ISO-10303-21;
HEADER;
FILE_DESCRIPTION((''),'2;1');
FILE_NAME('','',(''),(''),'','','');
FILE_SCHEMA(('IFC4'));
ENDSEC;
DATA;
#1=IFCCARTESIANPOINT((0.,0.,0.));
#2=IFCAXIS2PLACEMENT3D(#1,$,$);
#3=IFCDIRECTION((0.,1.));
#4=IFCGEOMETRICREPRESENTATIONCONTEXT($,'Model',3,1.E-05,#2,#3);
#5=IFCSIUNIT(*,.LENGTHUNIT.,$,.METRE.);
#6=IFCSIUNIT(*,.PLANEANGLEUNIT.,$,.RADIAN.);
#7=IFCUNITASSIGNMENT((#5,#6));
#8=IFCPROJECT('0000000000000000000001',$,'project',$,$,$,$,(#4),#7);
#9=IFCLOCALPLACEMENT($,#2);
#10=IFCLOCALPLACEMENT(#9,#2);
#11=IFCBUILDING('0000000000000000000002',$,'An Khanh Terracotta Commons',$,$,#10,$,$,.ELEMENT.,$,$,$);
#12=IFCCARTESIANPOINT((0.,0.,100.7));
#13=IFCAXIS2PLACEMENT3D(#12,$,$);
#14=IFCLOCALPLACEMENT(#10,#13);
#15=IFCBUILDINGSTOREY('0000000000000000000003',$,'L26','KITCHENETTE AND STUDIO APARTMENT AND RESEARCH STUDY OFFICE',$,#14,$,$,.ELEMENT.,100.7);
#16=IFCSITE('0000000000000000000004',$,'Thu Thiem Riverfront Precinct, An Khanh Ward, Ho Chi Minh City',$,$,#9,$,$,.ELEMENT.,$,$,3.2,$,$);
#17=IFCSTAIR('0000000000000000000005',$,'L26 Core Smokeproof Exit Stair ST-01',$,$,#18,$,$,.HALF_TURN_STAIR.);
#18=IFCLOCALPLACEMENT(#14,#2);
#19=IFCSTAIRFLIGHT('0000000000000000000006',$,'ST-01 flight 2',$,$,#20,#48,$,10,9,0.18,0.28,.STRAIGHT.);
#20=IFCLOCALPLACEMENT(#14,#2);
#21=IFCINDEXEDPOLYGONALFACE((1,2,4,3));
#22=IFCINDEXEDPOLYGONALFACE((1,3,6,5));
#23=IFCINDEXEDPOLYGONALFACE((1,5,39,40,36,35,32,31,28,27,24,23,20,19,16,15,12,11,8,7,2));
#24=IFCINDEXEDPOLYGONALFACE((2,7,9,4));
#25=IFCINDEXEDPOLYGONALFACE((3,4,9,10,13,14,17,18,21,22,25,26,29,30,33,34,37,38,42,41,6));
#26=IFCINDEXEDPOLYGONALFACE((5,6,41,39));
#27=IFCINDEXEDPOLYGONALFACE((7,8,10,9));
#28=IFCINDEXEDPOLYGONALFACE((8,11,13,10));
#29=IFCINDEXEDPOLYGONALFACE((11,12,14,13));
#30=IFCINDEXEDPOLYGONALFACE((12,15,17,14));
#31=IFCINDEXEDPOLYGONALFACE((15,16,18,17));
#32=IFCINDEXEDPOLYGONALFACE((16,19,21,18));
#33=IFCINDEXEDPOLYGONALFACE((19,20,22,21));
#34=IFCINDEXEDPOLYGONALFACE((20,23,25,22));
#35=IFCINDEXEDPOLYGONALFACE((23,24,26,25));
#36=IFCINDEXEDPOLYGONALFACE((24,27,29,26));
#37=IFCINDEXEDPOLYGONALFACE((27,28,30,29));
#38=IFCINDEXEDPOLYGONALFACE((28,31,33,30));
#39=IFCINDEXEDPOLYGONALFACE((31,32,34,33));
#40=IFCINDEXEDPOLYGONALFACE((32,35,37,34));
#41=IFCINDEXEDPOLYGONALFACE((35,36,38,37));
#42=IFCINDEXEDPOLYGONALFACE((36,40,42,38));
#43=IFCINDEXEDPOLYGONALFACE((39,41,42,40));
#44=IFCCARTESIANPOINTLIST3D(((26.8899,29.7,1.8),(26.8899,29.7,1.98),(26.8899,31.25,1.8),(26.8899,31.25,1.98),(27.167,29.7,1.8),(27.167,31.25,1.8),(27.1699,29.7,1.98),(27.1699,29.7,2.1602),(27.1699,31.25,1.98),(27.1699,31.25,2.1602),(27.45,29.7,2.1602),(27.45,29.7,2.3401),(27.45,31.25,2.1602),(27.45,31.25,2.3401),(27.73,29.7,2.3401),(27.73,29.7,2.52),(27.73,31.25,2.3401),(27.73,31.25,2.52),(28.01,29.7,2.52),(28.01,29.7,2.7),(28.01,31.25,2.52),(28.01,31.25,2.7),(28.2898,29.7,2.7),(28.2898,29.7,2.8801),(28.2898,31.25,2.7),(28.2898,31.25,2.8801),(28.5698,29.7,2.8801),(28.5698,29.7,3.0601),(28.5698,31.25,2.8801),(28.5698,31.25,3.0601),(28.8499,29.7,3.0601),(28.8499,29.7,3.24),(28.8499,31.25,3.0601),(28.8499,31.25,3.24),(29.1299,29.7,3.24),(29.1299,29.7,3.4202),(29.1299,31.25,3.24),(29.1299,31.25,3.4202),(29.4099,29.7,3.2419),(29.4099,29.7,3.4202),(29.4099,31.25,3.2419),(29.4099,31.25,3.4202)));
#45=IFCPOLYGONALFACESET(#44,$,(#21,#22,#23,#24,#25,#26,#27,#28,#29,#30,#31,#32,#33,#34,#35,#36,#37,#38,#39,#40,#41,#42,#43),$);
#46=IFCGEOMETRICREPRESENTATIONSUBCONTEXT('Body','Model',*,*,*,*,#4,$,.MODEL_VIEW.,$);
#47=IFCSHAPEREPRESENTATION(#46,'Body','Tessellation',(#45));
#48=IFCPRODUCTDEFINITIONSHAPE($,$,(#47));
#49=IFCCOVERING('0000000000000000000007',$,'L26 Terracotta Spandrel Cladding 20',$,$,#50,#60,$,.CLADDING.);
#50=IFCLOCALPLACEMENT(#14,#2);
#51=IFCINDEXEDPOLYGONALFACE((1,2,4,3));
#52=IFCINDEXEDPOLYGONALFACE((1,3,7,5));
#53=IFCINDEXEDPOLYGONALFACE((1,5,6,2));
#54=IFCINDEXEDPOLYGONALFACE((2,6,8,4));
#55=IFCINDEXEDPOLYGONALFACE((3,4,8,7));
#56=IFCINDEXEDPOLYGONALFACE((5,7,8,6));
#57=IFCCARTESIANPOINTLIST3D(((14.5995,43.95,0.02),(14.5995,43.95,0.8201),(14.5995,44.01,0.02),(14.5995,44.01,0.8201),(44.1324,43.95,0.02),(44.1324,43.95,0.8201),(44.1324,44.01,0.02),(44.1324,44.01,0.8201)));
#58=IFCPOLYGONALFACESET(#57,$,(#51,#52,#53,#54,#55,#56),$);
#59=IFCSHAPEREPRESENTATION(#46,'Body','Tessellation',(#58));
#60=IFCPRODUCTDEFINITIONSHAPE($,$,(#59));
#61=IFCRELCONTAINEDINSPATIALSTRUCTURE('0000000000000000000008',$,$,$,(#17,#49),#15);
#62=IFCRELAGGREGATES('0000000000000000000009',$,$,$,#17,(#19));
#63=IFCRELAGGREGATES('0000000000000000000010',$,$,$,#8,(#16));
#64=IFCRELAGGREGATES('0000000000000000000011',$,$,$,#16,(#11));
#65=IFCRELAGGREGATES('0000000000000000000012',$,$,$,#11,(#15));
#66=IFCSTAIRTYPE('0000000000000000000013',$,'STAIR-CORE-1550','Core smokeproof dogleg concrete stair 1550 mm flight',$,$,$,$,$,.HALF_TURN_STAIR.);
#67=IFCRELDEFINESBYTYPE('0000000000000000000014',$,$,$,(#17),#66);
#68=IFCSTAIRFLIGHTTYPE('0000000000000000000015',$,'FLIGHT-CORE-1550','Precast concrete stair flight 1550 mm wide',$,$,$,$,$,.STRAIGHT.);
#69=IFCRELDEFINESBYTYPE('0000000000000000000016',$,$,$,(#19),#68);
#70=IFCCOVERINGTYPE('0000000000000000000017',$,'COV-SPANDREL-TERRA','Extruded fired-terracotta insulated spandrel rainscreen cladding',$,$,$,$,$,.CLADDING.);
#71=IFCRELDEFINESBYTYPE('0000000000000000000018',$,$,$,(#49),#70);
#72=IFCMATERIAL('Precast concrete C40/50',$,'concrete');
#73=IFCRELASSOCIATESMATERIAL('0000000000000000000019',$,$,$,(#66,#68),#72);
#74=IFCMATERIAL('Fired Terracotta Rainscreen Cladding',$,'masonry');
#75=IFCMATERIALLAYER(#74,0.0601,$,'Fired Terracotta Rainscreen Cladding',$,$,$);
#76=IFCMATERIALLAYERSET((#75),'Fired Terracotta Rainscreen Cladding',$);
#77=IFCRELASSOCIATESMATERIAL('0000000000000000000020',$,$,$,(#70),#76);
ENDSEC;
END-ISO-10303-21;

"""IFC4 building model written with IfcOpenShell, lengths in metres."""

from ifc_helpers import new_model, si_unit, direction, frame, origin, origin_2d, place, context, subcontext, project, spatial, polyline, rectangle, outline, extrude, material, layer, layer_set, type_object, element, aggregate, save


model = new_model("IFC4")

# Units and contexts
model_context = context("Model", 3, precision=1e-05, world=origin(), true_north=direction((0.0, 1.0)))
body_context = subcontext(model_context, "Body", "Model", "MODEL_VIEW")
ifc_project = project(units=[si_unit("LENGTHUNIT", "METRE"), si_unit("PLANEANGLEUNIT", "RADIAN")], contexts=[model_context])

# Site, building, storey
site_placement = place(None, origin())
site = spatial("IfcSite", under=ifc_project, at=site_placement, Name="Thu Thiem Riverfront Precinct, An Khanh Ward, Ho Chi Minh City", CompositionType="ELEMENT", RefElevation=3.2)
building_placement = place(site_placement, origin())
building = spatial("IfcBuilding", under=site, at=building_placement, Name="An Khanh Terracotta Commons", CompositionType="ELEMENT")
storey_placement = place(building_placement, frame((0.0, 0.0, 100.7)))
storey = spatial("IfcBuildingStorey", under=building, at=storey_placement, Name="L26", Description="KITCHENETTE AND STUDIO APARTMENT AND RESEARCH STUDY OFFICE", CompositionType="ELEMENT", Elevation=100.7)

# Stair, stair flight
ifc_material_1 = material(Name="Precast concrete C40/50", Category="concrete")
stair_type = type_object("IfcStairType", Name="STAIR-CORE-1550", Description="Core smokeproof dogleg concrete stair 1550 mm flight", PredefinedType="HALF_TURN_STAIR", material=ifc_material_1)
stair_placement = place(storey_placement, origin())
stair = element("IfcStair", 1, at=stair_placement, inside=storey, type_object=stair_type, Name="L26 Core Smokeproof Exit Stair ST-01", PredefinedType="HALF_TURN_STAIR")
stair_flight_type = type_object("IfcStairFlightType", Name="FLIGHT-CORE-1550", Description="Precast concrete stair flight 1550 mm wide", PredefinedType="STRAIGHT", material=ifc_material_1)
stair_flight_1_placement = place(storey_placement, frame((26.8899, 30.4751, 1.8), z_axis=(0.0, 0.0, 1.0), x_axis=(1.0, 0.0, 0.0)))
stair_flight_1 = element("IfcStairFlight", 2, at=stair_flight_1_placement, type_object=stair_flight_type, Name="ST-01 flight 2", NumberOfRisers=10, NumberOfTreads=9, PredefinedType="STRAIGHT", RiserHeight=0.18, TreadLength=0.28, context=body_context, shape_type="SweptSolid", body=[
    extrude(outline(polyline([(0.0, 0.0), (0.0, 0.1799), (0.28, 0.1799), (0.28, 0.3601), (0.5601, 0.3601), (0.5601, 0.54), (0.8401, 0.54), (0.8401, 0.72), (1.1201, 0.72), (1.1201, 0.8999), (1.3999, 0.8999), (1.3999, 1.0801), (1.6799, 1.0801), (1.6799, 1.26), (1.96, 1.26), (1.96, 1.4399), (2.24, 1.4399), (2.24, 1.6201), (2.52, 1.6201), (2.52, 1.8), (2.52, 1.4419), (0.2771, 0.0), (0.0, 0.0)])), frame((0.0, 0.7749, 0.0), z_axis=(0.0, -1.0, 0.0), x_axis=(1.0, 0.0, 0.0)), (0.0, 0.0, 1.0), 1.55),
])
aggregate(stair, [stair_flight_1])

# Covering
ifc_material_2 = material(Name="Fired Terracotta Rainscreen Cladding", Category="masonry")
ifc_layer_1 = layer(ifc_material_2, 0.0601, Name="Fired Terracotta Rainscreen Cladding")
ifc_layer_set_1 = layer_set([ifc_layer_1], Name="Fired Terracotta Rainscreen Cladding")
covering_type = type_object("IfcCoveringType", Name="COV-SPANDREL-TERRA", Description="Extruded fired-terracotta insulated spandrel rainscreen cladding", PredefinedType="CLADDING", material=ifc_layer_set_1)
covering_placement = place(storey_placement, frame((29.366, 43.98, 0.02), z_axis=(0.0, 0.0, 1.0), x_axis=(-1.0, 0.0, 0.0)))
element("IfcCovering", 3, at=covering_placement, inside=storey, type_object=covering_type, Name="L26 Terracotta Spandrel Cladding 20", PredefinedType="CLADDING", context=body_context, shape_type="SweptSolid", body=[
    extrude(rectangle(XDim=29.533, YDim=0.0601, at=origin_2d()), origin(), (0.0, 0.0, 1.0), 0.8),
])

save(model, "model.ifc")
